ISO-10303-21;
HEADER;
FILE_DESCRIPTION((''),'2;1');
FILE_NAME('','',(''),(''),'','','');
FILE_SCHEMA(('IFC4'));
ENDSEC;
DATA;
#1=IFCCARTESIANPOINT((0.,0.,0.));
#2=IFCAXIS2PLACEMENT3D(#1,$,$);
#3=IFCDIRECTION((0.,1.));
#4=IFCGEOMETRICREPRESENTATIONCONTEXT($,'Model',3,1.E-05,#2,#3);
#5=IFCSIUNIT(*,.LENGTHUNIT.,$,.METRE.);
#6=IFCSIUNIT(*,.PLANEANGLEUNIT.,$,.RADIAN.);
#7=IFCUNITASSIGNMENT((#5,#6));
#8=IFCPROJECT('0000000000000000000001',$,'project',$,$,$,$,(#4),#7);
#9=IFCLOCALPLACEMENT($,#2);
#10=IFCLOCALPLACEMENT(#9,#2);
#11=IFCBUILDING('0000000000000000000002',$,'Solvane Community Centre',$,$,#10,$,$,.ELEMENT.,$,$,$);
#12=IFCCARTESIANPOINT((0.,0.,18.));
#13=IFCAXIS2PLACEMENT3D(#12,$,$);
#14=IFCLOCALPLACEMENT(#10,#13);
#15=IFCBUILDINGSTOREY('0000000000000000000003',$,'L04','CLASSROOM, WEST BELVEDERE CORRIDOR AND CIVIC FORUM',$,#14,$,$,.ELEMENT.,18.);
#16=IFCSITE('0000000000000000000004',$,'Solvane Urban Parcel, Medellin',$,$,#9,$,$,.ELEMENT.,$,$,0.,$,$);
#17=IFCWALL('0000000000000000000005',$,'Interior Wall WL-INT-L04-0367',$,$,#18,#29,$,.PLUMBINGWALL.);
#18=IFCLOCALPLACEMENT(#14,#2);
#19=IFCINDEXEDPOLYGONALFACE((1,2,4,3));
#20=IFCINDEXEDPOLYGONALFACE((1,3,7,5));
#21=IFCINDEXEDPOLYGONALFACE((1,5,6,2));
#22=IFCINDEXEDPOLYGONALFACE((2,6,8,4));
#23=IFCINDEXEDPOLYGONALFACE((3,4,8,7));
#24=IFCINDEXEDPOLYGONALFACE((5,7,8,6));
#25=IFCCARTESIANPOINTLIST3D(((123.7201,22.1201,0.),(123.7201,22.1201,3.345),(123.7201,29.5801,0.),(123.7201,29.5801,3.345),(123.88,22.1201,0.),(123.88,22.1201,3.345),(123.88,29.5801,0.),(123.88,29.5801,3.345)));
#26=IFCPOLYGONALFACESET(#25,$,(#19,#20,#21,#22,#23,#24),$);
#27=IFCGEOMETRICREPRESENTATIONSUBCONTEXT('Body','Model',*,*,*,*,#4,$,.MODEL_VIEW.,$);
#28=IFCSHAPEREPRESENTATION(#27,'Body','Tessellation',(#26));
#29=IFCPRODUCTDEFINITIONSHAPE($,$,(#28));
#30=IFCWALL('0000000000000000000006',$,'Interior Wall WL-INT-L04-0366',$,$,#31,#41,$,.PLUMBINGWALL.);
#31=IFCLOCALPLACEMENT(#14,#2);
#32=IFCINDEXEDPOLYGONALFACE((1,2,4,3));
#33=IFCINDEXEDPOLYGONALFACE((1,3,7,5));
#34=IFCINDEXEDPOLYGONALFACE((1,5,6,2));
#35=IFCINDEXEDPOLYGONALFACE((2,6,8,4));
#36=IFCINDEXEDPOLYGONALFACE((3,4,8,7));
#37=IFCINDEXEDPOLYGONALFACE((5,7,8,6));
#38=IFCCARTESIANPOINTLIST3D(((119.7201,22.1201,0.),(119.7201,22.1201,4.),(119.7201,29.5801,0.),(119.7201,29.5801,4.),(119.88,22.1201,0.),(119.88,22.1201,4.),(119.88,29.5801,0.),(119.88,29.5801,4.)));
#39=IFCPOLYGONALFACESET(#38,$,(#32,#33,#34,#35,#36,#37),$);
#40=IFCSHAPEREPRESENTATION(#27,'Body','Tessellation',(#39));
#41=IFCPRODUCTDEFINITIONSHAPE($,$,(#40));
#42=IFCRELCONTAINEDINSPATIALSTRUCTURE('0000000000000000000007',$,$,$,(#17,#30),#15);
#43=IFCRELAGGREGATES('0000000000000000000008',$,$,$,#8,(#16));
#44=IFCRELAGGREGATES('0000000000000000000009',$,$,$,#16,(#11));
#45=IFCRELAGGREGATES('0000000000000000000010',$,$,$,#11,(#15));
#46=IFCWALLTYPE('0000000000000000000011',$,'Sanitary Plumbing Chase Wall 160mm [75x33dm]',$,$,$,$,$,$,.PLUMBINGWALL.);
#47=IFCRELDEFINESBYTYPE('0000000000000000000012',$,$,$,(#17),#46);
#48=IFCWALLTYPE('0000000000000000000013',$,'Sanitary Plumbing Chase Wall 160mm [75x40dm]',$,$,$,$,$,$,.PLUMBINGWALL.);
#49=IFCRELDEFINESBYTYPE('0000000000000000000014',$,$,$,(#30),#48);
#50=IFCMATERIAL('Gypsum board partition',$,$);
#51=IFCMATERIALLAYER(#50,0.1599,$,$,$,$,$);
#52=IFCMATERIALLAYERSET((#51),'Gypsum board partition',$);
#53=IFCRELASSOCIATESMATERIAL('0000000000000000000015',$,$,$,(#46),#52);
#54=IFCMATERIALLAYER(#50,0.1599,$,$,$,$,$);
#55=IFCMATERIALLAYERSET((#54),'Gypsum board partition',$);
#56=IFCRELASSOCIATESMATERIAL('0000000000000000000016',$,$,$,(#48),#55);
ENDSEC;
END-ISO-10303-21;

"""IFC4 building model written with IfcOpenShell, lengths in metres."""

from ifc_helpers import new_model, si_unit, direction, frame, frame_2d, origin, place, context, subcontext, project, spatial, rectangle, extrude, material, layer, layer_set, type_object, element, save


model = new_model("IFC4")

# Units and contexts
model_context = context("Model", 3, precision=1e-05, world=origin(), true_north=direction((0.0, 1.0)))
body_context = subcontext(model_context, "Body", "Model", "MODEL_VIEW")
ifc_project = project(units=[si_unit("LENGTHUNIT", "METRE"), si_unit("PLANEANGLEUNIT", "RADIAN")], contexts=[model_context])

# Site, building, storey
site_placement = place(None, origin())
site = spatial("IfcSite", under=ifc_project, at=site_placement, Name="Solvane Urban Parcel, Medellin", CompositionType="ELEMENT", RefElevation=0.0)
building_placement = place(site_placement, origin())
building = spatial("IfcBuilding", under=site, at=building_placement, Name="Solvane Community Centre", CompositionType="ELEMENT")
storey_placement = place(building_placement, frame((0.0, 0.0, 18.0)))
storey = spatial("IfcBuildingStorey", under=building, at=storey_placement, Name="L04", Description="CLASSROOM, WEST BELVEDERE CORRIDOR AND CIVIC FORUM", CompositionType="ELEMENT", Elevation=18.0)

# Shared definitions
ifc_material_1 = material(Name="Gypsum board partition")

# Walls
ifc_layer_1 = layer(ifc_material_1, 0.1599)
ifc_layer_set_1 = layer_set([ifc_layer_1], Name="Gypsum board partition")
wall_type_1 = type_object("IfcWallType", Name="Sanitary Plumbing Chase Wall 160mm [75x33dm]", PredefinedType="PLUMBINGWALL", material=ifc_layer_set_1)
wall_1_placement = place(storey_placement, frame((123.8, 22.1201, 0.0), z_axis=(0.0, 0.0, 1.0), x_axis=(0.0, 1.0, 0.0)))
element("IfcWall", 1, at=wall_1_placement, inside=storey, type_object=wall_type_1, Name="Interior Wall WL-INT-L04-0367", PredefinedType="PLUMBINGWALL", context=body_context, shape_type="SweptSolid", body=[
    extrude(rectangle(XDim=7.46, YDim=0.1599, at=frame_2d((3.73, 0.0))), origin(), (0.0, 0.0, 1.0), 3.345),
])
ifc_layer_2 = layer(ifc_material_1, 0.1599)
ifc_layer_set_2 = layer_set([ifc_layer_2], Name="Gypsum board partition")
wall_type_2 = type_object("IfcWallType", Name="Sanitary Plumbing Chase Wall 160mm [75x40dm]", PredefinedType="PLUMBINGWALL", material=ifc_layer_set_2)
wall_2_placement = place(storey_placement, frame((119.8, 29.5801, 0.0), z_axis=(0.0, 0.0, 1.0), x_axis=(0.0, -1.0, 0.0)))
element("IfcWall", 2, at=wall_2_placement, inside=storey, type_object=wall_type_2, Name="Interior Wall WL-INT-L04-0366", PredefinedType="PLUMBINGWALL", context=body_context, shape_type="SweptSolid", body=[
    extrude(rectangle(XDim=7.46, YDim=0.1599, at=frame_2d((3.73, 0.0))), origin(), (0.0, 0.0, 1.0), 4.0),
])

save(model, "model.ifc")
